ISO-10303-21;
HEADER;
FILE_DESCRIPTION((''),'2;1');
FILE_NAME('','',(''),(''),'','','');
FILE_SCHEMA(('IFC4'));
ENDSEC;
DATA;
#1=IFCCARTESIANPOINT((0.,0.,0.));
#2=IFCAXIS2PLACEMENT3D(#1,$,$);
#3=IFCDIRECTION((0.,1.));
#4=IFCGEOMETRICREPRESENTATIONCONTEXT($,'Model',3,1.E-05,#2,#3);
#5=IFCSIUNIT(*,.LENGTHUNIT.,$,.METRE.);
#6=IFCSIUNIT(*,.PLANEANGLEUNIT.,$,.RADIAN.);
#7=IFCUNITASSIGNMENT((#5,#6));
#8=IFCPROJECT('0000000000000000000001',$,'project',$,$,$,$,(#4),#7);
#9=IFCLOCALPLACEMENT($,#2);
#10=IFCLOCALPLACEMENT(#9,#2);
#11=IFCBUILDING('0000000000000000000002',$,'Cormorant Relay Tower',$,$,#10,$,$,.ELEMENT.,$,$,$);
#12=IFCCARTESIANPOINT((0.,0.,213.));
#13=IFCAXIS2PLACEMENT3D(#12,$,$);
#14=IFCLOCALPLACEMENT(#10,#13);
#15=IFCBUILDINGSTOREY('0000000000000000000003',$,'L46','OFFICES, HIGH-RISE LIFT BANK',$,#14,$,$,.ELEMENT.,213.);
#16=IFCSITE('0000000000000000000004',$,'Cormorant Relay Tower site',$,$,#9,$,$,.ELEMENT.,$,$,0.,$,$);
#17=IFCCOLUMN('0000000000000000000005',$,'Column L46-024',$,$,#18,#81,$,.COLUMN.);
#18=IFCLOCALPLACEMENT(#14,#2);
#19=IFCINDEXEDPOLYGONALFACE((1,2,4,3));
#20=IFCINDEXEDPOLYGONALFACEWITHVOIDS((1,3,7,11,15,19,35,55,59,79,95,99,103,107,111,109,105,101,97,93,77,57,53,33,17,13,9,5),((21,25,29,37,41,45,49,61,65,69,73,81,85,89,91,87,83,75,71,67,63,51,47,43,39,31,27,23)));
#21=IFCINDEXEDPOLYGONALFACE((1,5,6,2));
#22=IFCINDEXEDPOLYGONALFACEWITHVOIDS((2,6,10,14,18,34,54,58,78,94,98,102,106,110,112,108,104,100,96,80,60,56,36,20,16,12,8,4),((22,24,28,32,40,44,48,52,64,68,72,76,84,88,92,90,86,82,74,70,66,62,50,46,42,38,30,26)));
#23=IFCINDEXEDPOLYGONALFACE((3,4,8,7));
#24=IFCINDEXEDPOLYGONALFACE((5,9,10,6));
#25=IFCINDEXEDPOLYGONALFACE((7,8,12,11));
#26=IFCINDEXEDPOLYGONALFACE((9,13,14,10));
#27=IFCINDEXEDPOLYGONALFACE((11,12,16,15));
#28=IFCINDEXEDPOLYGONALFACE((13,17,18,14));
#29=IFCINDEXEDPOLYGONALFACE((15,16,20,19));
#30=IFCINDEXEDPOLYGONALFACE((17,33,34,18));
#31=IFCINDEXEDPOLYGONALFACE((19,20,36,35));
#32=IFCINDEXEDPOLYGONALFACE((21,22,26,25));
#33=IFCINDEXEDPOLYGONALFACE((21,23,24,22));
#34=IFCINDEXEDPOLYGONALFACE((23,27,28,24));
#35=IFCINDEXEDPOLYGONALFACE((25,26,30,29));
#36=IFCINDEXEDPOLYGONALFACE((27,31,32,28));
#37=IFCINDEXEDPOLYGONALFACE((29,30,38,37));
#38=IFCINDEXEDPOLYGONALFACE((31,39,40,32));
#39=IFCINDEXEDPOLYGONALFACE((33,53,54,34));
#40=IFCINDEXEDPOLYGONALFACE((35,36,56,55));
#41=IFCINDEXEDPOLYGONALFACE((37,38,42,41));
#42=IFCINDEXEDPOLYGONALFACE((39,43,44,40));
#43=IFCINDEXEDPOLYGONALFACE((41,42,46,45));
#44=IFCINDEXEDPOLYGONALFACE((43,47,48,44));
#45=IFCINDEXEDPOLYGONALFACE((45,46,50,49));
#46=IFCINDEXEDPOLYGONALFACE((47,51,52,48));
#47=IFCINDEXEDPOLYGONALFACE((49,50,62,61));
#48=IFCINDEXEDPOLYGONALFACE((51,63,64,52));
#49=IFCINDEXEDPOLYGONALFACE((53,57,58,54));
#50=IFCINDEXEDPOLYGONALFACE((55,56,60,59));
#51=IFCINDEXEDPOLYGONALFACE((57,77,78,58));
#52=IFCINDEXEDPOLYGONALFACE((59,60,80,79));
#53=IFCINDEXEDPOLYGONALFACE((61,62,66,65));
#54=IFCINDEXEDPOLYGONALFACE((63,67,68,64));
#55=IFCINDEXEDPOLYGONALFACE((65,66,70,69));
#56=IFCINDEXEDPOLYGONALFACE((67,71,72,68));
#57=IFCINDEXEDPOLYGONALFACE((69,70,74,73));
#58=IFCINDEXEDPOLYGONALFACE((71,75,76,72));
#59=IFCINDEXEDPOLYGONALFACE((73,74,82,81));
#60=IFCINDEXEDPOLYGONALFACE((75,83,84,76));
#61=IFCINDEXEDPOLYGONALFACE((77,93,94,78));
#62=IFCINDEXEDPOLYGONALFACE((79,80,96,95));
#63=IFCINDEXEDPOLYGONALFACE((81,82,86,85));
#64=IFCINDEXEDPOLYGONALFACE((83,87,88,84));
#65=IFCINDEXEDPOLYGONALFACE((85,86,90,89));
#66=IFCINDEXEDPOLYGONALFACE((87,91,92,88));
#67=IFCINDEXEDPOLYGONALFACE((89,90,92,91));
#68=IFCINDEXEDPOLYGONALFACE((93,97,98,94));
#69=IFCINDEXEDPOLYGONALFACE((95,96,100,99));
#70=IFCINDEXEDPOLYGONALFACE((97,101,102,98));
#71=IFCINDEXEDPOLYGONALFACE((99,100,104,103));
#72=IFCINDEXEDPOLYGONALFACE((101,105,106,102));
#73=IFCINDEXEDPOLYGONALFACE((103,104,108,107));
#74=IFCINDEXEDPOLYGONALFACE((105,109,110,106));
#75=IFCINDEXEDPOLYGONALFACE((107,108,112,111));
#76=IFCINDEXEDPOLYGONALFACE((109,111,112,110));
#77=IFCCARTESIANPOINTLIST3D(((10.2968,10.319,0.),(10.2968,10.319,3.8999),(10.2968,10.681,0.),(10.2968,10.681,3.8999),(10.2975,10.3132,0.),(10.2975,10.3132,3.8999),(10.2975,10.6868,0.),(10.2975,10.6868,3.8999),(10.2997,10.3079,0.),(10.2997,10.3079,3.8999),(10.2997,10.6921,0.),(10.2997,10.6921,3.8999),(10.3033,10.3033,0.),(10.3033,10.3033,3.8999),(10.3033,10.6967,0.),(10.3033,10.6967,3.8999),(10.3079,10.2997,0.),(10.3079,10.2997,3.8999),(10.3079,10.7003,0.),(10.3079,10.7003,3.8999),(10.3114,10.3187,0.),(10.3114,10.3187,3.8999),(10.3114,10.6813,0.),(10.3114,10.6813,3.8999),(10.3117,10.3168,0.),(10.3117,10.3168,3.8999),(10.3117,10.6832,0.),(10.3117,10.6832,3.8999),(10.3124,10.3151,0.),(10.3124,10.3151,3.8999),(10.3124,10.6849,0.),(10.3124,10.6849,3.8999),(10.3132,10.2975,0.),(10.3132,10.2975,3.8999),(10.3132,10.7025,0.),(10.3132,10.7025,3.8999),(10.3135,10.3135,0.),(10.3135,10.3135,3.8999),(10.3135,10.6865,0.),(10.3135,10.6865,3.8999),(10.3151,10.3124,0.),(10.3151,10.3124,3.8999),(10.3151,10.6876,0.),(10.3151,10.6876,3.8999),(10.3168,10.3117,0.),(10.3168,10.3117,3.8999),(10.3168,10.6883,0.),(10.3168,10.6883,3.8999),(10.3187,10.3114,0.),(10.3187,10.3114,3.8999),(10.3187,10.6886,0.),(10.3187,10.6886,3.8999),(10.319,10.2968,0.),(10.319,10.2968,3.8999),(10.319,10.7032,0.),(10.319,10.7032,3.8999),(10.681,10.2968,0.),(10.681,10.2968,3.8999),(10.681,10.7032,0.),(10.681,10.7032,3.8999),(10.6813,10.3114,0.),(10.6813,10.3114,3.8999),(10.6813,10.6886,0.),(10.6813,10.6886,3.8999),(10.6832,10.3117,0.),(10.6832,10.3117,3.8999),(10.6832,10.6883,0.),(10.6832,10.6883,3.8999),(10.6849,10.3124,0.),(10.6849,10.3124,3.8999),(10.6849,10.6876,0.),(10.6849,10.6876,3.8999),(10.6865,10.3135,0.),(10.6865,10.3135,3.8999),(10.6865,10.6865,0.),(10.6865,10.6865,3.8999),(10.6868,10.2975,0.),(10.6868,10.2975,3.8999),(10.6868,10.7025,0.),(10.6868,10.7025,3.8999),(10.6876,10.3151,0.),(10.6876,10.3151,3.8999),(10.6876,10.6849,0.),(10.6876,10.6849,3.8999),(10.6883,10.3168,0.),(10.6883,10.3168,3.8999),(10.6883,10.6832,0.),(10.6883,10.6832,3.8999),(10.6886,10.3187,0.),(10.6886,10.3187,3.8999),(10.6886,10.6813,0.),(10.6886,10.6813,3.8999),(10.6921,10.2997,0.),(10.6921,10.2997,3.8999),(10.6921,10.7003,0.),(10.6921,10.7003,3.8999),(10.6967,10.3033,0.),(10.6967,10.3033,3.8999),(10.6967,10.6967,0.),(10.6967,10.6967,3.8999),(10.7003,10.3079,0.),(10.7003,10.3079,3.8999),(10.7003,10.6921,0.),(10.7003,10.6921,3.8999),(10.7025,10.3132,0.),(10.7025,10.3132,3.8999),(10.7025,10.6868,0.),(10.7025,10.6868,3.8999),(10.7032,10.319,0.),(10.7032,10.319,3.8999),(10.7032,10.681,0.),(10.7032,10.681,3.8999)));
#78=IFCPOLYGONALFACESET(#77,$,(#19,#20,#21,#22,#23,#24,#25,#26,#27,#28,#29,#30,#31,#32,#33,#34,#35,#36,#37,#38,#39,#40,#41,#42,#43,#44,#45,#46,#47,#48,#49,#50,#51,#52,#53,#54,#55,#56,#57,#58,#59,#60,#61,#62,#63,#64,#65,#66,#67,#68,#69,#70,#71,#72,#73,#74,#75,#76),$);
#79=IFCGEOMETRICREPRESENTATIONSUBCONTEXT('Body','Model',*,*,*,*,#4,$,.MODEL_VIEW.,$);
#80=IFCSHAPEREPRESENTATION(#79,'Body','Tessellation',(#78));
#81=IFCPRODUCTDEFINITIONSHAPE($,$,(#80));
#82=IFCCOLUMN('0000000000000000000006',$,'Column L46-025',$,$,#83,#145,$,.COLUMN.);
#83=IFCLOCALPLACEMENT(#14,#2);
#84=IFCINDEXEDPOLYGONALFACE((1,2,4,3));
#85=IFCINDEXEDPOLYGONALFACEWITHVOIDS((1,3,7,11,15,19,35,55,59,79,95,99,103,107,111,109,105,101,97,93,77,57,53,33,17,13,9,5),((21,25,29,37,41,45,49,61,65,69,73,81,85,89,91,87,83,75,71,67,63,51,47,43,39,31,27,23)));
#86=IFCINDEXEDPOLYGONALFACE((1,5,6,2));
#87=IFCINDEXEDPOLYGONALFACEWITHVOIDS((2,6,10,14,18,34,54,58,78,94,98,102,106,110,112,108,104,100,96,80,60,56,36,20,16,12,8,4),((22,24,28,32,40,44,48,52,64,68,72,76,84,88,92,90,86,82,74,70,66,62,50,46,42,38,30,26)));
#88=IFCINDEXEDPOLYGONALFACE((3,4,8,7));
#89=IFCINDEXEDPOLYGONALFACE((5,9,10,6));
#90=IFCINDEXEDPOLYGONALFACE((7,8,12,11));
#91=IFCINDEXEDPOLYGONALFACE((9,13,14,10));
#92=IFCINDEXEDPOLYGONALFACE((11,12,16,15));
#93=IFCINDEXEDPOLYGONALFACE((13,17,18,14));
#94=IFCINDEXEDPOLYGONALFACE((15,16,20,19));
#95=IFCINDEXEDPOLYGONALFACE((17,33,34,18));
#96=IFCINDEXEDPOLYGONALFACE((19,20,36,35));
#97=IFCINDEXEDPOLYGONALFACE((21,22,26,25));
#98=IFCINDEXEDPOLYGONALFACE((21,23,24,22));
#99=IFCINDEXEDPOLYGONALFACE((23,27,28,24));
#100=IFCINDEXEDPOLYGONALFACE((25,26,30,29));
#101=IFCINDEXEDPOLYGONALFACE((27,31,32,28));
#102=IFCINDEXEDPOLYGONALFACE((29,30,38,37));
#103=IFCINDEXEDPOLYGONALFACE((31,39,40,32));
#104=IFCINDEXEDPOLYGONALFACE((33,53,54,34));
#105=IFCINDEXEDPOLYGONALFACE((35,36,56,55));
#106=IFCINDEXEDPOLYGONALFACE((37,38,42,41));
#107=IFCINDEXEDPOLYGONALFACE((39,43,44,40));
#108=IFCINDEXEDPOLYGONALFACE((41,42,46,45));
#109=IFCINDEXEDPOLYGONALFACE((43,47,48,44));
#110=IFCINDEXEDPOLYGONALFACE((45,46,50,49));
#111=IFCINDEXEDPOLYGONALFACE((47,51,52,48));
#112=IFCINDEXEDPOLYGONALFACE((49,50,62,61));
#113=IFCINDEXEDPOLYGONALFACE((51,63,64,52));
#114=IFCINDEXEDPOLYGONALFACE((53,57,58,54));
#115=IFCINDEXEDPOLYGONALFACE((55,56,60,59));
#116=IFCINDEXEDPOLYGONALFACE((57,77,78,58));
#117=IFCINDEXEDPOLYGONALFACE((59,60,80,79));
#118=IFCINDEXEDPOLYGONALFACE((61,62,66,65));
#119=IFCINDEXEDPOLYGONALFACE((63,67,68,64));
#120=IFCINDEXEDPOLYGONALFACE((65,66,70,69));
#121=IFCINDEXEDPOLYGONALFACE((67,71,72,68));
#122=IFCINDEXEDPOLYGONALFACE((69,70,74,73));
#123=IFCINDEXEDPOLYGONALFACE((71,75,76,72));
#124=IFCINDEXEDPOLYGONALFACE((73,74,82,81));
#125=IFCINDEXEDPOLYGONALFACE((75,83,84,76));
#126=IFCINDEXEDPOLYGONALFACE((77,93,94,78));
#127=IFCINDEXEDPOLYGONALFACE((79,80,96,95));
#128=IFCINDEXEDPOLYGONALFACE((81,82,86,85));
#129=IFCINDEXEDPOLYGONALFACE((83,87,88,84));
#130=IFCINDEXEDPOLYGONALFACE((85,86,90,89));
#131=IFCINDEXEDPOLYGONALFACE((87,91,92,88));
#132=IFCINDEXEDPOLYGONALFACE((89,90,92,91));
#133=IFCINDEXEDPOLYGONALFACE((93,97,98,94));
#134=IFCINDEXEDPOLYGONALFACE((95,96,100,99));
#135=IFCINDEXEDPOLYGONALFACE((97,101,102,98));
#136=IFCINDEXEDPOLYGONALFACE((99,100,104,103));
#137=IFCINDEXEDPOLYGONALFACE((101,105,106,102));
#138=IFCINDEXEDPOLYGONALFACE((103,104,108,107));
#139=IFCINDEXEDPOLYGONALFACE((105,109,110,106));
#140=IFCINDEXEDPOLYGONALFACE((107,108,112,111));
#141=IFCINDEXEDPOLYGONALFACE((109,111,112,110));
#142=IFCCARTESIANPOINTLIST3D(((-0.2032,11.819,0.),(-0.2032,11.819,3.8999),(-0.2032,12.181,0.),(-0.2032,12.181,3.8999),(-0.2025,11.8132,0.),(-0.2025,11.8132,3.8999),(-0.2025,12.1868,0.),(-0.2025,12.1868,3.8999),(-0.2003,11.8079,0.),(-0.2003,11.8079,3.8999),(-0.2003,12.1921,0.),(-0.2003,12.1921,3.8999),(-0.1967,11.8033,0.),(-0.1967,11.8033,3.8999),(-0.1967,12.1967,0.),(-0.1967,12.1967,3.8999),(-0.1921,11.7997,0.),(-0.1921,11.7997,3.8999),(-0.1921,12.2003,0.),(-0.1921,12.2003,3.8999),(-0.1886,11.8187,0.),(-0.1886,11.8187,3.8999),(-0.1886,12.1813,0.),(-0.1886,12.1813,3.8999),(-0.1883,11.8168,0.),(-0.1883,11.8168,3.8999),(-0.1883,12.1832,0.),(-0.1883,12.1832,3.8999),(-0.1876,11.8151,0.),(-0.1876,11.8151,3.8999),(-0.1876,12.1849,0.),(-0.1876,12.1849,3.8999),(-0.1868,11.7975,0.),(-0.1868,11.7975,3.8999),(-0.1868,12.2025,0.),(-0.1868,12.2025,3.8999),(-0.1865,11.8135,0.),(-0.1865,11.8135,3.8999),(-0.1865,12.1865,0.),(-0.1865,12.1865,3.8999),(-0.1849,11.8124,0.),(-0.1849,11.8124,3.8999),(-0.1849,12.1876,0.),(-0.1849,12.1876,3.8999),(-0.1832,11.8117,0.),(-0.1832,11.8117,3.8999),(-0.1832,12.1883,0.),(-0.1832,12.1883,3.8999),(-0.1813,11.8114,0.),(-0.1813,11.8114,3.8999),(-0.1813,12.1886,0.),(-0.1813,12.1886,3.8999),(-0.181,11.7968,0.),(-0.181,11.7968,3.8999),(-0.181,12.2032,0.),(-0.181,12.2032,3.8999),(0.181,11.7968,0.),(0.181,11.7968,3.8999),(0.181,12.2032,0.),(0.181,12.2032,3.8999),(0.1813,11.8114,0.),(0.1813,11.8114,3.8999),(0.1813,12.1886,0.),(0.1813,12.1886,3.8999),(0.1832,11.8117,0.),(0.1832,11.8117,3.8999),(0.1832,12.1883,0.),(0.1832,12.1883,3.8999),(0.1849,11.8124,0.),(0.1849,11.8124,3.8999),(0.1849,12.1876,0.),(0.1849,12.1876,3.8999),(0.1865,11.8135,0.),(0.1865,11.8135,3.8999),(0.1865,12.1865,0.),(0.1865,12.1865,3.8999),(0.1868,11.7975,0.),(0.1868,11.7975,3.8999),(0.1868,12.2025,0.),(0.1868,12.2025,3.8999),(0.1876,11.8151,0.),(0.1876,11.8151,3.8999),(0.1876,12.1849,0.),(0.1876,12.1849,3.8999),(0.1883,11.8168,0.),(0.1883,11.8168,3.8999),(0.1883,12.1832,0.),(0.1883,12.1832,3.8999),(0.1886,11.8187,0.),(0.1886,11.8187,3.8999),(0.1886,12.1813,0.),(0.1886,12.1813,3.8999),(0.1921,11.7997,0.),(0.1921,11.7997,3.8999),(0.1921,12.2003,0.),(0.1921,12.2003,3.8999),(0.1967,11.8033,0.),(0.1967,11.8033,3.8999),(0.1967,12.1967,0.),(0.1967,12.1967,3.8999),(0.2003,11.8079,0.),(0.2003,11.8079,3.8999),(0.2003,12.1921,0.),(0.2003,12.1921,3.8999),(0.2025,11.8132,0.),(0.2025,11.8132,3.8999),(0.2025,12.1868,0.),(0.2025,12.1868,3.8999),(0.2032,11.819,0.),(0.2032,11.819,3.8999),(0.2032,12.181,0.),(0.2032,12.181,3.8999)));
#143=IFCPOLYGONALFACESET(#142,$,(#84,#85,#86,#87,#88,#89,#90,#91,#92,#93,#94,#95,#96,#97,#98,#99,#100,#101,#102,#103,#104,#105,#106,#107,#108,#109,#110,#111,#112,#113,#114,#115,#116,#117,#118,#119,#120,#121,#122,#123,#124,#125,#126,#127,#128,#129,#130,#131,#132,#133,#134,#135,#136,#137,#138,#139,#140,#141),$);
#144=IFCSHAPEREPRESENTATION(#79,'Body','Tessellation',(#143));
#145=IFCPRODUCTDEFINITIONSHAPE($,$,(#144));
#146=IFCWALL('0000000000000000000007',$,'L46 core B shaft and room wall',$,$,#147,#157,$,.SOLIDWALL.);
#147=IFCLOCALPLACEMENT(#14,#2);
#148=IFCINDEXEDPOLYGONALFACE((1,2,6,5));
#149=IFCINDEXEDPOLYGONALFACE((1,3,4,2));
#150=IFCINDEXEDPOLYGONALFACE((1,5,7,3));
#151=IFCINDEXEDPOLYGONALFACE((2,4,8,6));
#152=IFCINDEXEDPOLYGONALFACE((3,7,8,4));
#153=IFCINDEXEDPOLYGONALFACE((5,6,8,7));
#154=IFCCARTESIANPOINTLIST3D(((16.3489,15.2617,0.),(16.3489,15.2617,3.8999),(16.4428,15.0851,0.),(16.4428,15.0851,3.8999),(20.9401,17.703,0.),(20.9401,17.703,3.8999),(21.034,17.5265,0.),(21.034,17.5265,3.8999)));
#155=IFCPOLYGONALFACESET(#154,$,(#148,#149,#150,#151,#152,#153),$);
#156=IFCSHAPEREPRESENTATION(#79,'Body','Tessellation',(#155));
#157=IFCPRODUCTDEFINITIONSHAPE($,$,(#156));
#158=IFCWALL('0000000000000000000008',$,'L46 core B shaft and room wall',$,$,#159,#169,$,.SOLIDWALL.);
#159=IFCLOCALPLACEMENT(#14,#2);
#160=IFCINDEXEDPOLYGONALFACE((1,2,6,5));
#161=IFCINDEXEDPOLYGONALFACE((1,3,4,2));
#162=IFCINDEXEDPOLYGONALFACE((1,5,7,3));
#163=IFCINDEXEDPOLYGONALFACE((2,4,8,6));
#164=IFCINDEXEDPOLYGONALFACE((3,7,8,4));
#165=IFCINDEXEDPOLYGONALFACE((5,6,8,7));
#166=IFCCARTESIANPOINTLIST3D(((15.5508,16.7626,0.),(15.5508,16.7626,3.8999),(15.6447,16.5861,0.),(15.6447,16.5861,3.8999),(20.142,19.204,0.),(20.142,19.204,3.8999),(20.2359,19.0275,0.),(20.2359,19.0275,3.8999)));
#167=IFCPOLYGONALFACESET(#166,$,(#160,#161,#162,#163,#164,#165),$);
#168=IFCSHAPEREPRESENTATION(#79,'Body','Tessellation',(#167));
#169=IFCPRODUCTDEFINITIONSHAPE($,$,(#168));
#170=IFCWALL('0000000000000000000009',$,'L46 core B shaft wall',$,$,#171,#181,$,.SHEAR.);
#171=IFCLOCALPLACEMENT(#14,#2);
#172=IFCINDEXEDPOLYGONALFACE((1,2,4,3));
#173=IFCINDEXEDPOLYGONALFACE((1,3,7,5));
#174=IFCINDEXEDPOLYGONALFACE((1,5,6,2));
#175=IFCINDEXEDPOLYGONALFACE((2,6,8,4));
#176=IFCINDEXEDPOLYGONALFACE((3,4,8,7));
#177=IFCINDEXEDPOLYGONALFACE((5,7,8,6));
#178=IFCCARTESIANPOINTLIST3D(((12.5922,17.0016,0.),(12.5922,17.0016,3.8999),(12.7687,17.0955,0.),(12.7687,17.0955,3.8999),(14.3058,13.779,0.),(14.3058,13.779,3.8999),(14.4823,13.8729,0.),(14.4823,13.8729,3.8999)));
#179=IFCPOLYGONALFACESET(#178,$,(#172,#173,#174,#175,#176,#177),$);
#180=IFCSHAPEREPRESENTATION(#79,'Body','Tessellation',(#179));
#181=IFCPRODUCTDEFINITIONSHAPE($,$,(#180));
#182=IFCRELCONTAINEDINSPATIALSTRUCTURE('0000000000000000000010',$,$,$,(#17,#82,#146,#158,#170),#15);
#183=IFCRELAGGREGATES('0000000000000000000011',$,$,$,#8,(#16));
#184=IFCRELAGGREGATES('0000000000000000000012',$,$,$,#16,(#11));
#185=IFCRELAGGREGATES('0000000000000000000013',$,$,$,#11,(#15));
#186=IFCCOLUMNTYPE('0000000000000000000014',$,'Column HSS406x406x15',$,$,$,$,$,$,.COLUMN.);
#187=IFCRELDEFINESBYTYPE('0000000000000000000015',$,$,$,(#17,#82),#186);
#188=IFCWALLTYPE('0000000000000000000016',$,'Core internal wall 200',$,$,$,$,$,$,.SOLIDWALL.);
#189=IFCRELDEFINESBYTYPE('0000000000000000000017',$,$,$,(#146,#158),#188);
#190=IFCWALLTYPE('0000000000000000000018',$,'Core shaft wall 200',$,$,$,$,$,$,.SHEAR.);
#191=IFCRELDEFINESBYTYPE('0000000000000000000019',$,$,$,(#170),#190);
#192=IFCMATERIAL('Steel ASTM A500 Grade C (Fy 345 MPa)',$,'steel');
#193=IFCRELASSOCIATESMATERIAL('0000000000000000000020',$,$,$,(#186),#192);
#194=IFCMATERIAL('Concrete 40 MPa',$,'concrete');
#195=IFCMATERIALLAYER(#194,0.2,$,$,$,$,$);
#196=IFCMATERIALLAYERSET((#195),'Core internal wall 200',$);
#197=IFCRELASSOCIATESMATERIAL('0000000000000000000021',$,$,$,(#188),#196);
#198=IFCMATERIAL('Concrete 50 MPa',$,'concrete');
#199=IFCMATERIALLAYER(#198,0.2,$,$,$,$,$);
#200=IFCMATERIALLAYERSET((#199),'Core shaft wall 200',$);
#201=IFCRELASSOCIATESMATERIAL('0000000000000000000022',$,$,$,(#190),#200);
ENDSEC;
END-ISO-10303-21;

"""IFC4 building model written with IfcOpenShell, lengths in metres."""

from ifc_helpers import new_model, si_unit, direction, frame, frame_2d, origin, origin_2d, place, context, subcontext, project, spatial, rectangle, hollow_rectangle, extrude, material, layer, layer_set, material_profile, profile_set, type_object, element, save


model = new_model("IFC4")

# Units and contexts
model_context = context("Model", 3, precision=1e-05, world=origin(), true_north=direction((0.0, 1.0)))
body_context = subcontext(model_context, "Body", "Model", "MODEL_VIEW")
ifc_project = project(units=[si_unit("LENGTHUNIT", "METRE"), si_unit("PLANEANGLEUNIT", "RADIAN")], contexts=[model_context])

# Site, building, storey
site_placement = place(None, origin())
site = spatial("IfcSite", under=ifc_project, at=site_placement, Name="Cormorant Relay Tower site", CompositionType="ELEMENT", RefElevation=0.0)
building_placement = place(site_placement, origin())
building = spatial("IfcBuilding", under=site, at=building_placement, Name="Cormorant Relay Tower", CompositionType="ELEMENT")
storey_placement = place(building_placement, frame((0.0, 0.0, 213.0)))
storey = spatial("IfcBuildingStorey", under=building, at=storey_placement, Name="L46", Description="OFFICES, HIGH-RISE LIFT BANK", CompositionType="ELEMENT", Elevation=213.0)

# Columns
ifc_material_1 = material(Name="Steel ASTM A500 Grade C (Fy 345 MPa)", Category="steel")
ifc_material_profile = material_profile(ifc_material_1, hollow_rectangle(XDim=0.4065, YDim=0.4065, WallThickness=0.0146, InnerFilletRadius=0.0073, OuterFilletRadius=0.0222, at=origin_2d()), Name="HSS406x406x15")
ifc_profile_set = profile_set([ifc_material_profile], Name="Steel ASTM A500 Grade C (Fy 345 MPa)")
column_type = type_object("IfcColumnType", Name="Column HSS406x406x15", PredefinedType="COLUMN", material=ifc_profile_set)
for number, where, z_axis, x_axis, name in (
    (1, (10.5, 10.5, 0.0), (0.0, 0.0, 1.0), (1.0, 0.0, 0.0), "Column L46-024"),
    (2, (0.0, 12.0, 0.0), (0.0, 0.0, 1.0), (1.0, 0.0, 0.0), "Column L46-025"),
):
    element("IfcColumn", number, at=place(storey_placement, frame(where, z_axis=z_axis, x_axis=x_axis)), inside=storey, type_object=column_type, Name=name, PredefinedType="COLUMN", context=body_context, shape_type="SweptSolid", body=[
        extrude(hollow_rectangle(XDim=0.4065, YDim=0.4065, WallThickness=0.0146, InnerFilletRadius=0.0073, OuterFilletRadius=0.0222, at=origin_2d()), origin(), (0.0, 0.0, 1.0), 3.8999),
    ])

# Walls
ifc_material_2 = material(Name="Concrete 40 MPa", Category="concrete")
ifc_layer_1 = layer(ifc_material_2, 0.2)
ifc_layer_set_1 = layer_set([ifc_layer_1], Name="Core internal wall 200")
wall_type_1 = type_object("IfcWallType", Name="Core internal wall 200", PredefinedType="SOLIDWALL", material=ifc_layer_set_1)
for number, where, z_axis, x_axis, name in (
    (3, (16.3958, 15.1733, 0.0), (0.0, 0.0, 1.0), (0.882935, 0.469496, 0.0), "L46 core B shaft and room wall"),
    (4, (15.5977, 16.6743, 0.0), (0.0, 0.0, 1.0), (0.882935, 0.469496, 0.0), "L46 core B shaft and room wall"),
):
    element("IfcWall", number, at=place(storey_placement, frame(where, z_axis=z_axis, x_axis=x_axis)), inside=storey, type_object=wall_type_1, Name=name, PredefinedType="SOLIDWALL", context=body_context, shape_type="SweptSolid", body=[
        extrude(rectangle(XDim=5.2, YDim=0.2, at=frame_2d((2.6001, 0.0))), origin(), (0.0, 0.0, 1.0), 3.8999),
    ])
ifc_material_3 = material(Name="Concrete 50 MPa", Category="concrete")
ifc_layer_2 = layer(ifc_material_3, 0.2)
ifc_layer_set_2 = layer_set([ifc_layer_2], Name="Core shaft wall 200")
wall_type_2 = type_object("IfcWallType", Name="Core shaft wall 200", PredefinedType="SHEAR", material=ifc_layer_set_2)
wall_1_placement = place(storey_placement, frame((14.394, 13.8259, 0.0), z_axis=(0.0, 0.0, 1.0), x_axis=(-0.469494, 0.882936, 0.0)))
element("IfcWall", 5, at=wall_1_placement, inside=storey, type_object=wall_type_2, Name="L46 core B shaft wall", PredefinedType="SHEAR", context=body_context, shape_type="SweptSolid", body=[
    extrude(rectangle(XDim=3.6499, YDim=0.2, at=frame_2d((1.825, 0.0))), origin(), (0.0, 0.0, 1.0), 3.8999),
])

save(model, "model.ifc")
